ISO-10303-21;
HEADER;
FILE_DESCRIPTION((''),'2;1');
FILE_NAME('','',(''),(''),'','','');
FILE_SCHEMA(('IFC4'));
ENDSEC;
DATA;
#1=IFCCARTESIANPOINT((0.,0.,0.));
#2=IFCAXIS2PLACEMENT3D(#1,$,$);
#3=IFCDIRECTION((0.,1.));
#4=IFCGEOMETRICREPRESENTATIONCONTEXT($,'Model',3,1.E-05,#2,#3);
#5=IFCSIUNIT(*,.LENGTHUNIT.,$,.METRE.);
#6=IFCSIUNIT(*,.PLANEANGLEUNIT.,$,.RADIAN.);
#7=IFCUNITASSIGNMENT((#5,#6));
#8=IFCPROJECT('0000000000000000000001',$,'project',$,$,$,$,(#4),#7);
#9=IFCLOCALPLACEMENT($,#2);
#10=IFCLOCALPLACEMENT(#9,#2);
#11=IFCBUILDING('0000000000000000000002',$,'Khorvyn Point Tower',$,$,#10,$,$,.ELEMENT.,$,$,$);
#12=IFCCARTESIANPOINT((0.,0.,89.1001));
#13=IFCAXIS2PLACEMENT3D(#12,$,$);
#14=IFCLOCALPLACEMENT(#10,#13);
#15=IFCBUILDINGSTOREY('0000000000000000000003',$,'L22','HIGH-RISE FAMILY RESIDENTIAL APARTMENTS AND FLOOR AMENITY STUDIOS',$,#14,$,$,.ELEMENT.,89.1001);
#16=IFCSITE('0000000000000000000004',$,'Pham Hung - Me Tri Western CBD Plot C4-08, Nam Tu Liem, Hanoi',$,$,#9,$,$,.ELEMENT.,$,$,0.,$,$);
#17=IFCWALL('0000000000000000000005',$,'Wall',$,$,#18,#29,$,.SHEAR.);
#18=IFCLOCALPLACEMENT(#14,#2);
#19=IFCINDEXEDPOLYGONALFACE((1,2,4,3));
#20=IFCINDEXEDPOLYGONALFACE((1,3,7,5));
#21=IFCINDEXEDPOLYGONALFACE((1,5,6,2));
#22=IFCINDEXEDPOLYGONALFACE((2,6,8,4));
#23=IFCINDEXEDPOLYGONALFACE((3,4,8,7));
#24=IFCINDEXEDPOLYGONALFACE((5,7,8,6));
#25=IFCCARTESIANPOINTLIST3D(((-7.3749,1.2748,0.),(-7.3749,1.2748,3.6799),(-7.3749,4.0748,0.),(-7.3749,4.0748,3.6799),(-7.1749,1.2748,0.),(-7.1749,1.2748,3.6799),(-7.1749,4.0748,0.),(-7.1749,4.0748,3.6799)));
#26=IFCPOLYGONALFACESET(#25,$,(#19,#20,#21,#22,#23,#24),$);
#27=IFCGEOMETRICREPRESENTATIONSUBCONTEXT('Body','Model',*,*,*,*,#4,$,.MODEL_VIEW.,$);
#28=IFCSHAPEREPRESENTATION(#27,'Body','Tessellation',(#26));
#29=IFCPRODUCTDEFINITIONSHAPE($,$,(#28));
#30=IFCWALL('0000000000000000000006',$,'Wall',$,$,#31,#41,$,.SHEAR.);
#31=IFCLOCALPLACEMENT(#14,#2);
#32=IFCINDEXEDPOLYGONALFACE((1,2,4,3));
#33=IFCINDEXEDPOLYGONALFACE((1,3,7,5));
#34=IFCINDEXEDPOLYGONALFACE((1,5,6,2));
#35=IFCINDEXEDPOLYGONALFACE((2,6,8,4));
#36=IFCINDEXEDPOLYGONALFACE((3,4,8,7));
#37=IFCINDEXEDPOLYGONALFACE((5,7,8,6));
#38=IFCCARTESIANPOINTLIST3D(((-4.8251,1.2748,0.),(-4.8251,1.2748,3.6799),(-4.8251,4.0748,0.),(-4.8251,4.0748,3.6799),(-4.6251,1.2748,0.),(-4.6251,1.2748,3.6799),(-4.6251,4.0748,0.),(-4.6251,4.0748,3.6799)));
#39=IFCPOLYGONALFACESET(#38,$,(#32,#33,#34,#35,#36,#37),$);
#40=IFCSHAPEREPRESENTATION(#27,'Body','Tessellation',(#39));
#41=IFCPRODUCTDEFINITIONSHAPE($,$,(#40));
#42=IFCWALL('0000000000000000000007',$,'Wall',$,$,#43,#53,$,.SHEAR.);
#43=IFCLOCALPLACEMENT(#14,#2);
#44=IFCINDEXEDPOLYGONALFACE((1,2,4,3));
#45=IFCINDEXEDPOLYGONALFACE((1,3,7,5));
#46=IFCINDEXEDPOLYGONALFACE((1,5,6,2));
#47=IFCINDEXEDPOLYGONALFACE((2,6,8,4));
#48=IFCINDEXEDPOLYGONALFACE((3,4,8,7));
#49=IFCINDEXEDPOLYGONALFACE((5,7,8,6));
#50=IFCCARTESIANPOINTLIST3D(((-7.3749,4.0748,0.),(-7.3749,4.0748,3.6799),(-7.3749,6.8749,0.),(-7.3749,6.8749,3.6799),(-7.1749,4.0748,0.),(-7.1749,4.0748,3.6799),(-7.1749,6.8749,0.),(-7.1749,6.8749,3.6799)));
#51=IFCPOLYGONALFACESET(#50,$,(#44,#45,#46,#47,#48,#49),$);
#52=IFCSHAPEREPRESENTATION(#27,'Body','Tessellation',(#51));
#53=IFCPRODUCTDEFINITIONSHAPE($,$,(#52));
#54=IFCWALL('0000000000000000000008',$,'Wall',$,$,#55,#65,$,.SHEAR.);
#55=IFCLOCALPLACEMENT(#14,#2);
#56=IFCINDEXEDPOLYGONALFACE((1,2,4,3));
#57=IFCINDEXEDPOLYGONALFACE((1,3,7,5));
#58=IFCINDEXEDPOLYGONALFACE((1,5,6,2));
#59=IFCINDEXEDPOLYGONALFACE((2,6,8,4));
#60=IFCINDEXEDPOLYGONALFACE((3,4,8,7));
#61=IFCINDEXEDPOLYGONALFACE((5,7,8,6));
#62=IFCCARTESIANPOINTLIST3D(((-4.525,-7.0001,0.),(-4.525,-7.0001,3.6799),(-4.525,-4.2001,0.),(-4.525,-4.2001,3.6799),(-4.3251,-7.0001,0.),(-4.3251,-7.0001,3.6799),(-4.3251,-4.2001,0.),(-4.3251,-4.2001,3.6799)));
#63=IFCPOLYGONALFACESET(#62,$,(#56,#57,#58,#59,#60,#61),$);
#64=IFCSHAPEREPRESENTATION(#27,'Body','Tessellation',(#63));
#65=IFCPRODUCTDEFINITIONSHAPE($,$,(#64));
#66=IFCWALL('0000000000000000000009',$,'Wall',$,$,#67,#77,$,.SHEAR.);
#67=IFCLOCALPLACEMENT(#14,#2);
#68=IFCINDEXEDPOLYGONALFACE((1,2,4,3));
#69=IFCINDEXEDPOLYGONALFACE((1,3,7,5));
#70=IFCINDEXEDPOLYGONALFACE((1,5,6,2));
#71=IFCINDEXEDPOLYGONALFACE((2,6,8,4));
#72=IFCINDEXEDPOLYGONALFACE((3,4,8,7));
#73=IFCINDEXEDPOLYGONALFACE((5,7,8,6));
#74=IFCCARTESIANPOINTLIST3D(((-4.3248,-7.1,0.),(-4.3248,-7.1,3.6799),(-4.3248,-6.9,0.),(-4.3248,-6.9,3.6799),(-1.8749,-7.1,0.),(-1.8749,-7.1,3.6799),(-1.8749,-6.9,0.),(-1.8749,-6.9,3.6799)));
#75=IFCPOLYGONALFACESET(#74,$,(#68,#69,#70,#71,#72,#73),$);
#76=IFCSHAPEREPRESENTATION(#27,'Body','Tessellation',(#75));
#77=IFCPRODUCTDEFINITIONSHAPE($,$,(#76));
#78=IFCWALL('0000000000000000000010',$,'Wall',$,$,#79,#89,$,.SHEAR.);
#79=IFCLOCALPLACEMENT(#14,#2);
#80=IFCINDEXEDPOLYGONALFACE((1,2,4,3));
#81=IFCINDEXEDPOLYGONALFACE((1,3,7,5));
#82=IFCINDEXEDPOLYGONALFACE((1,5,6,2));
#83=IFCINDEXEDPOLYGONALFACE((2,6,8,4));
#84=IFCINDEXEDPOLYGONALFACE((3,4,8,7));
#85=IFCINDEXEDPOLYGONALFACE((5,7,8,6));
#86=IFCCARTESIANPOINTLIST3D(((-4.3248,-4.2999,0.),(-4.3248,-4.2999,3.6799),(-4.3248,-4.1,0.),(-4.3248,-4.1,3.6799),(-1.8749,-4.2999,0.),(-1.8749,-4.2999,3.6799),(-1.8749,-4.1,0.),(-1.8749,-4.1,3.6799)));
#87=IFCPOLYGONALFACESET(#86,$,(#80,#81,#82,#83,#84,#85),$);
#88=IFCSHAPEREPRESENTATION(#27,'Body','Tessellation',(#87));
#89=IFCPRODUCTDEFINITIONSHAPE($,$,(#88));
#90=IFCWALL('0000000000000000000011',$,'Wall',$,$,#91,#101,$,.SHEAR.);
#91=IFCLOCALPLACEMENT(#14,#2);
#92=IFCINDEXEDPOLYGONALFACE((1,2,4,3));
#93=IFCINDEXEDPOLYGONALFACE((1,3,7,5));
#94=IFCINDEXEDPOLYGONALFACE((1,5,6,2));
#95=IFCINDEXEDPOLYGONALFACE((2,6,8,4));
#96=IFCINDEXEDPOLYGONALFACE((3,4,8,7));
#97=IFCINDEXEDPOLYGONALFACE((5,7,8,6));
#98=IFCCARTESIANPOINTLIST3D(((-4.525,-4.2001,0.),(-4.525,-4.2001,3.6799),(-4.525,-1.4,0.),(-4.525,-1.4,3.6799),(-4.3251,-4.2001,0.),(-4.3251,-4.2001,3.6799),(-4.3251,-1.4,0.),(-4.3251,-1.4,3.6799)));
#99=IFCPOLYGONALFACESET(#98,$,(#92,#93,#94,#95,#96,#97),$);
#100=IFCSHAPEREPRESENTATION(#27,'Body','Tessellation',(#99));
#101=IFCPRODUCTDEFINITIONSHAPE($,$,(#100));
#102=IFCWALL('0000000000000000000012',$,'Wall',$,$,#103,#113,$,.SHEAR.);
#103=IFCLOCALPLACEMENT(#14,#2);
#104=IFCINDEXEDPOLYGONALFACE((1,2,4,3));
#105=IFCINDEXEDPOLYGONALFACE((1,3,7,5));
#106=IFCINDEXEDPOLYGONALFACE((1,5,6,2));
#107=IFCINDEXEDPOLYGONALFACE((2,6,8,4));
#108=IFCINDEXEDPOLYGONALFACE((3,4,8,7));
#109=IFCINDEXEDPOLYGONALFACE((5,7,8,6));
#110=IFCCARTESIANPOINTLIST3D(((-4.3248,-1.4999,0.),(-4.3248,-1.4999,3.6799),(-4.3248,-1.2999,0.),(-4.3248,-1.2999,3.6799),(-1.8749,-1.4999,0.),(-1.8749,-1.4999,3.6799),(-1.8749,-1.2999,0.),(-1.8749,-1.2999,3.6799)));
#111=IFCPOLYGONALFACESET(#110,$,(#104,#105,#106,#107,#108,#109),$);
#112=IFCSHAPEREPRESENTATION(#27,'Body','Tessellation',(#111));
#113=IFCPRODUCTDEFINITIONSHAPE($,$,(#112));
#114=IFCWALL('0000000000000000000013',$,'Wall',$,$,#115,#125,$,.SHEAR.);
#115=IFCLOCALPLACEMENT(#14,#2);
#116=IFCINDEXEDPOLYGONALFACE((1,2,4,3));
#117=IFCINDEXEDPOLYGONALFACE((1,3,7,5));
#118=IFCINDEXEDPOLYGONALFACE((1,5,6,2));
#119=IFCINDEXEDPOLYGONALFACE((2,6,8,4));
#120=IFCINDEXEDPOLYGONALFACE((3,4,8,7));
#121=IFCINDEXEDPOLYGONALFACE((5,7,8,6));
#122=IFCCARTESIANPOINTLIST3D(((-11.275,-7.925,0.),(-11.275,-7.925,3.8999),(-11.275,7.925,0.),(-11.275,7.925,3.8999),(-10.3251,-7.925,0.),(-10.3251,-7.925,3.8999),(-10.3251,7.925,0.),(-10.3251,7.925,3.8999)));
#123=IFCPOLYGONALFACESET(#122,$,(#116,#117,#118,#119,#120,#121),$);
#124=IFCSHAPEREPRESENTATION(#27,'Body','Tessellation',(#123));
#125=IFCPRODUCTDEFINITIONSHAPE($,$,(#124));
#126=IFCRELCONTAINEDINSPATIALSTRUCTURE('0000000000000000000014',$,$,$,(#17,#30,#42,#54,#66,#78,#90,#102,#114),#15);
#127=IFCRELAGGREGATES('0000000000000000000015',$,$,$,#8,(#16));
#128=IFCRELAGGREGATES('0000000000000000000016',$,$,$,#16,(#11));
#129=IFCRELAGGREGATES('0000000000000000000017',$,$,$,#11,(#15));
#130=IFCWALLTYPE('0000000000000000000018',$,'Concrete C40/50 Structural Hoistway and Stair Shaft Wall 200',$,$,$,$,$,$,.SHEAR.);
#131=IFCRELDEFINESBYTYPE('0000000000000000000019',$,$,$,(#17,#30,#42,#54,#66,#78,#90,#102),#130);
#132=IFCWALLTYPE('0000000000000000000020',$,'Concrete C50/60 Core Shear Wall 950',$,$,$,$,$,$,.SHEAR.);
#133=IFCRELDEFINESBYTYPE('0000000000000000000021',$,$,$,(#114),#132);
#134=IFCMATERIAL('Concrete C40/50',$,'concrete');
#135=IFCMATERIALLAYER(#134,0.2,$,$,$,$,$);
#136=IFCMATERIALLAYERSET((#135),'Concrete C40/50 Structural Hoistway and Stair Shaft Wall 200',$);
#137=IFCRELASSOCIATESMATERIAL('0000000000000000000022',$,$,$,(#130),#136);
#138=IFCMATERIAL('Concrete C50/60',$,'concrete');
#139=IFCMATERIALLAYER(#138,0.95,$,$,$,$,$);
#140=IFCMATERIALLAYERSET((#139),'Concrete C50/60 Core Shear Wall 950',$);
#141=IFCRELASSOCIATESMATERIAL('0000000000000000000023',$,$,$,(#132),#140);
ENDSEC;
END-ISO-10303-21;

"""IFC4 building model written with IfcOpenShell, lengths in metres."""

from ifc_helpers import new_model, si_unit, direction, frame, frame_2d, origin, place, context, subcontext, project, spatial, rectangle, extrude, material, layer, layer_set, type_object, element, save


model = new_model("IFC4")

# Units and contexts
model_context = context("Model", 3, precision=1e-05, world=origin(), true_north=direction((0.0, 1.0)))
body_context = subcontext(model_context, "Body", "Model", "MODEL_VIEW")
ifc_project = project(units=[si_unit("LENGTHUNIT", "METRE"), si_unit("PLANEANGLEUNIT", "RADIAN")], contexts=[model_context])

# Site, building, storey
site_placement = place(None, origin())
site = spatial("IfcSite", under=ifc_project, at=site_placement, Name="Pham Hung - Me Tri Western CBD Plot C4-08, Nam Tu Liem, Hanoi", CompositionType="ELEMENT", RefElevation=0.0)
building_placement = place(site_placement, origin())
building = spatial("IfcBuilding", under=site, at=building_placement, Name="Khorvyn Point Tower", CompositionType="ELEMENT")
storey_placement = place(building_placement, frame((0.0, 0.0, 89.1001)))
storey = spatial("IfcBuildingStorey", under=building, at=storey_placement, Name="L22", Description="HIGH-RISE FAMILY RESIDENTIAL APARTMENTS AND FLOOR AMENITY STUDIOS", CompositionType="ELEMENT", Elevation=89.1001)

# Shared definitions
ifc_material_1 = material(Name="Concrete C40/50", Category="concrete")
ifc_material_2 = material(Name="Concrete C50/60", Category="concrete")

# Shared definitions
ifc_layer_1 = layer(ifc_material_1, 0.2)
ifc_layer_set_1 = layer_set([ifc_layer_1], Name="Concrete C40/50 Structural Hoistway and Stair Shaft Wall 200")
wall_type_1 = type_object("IfcWallType", Name="Concrete C40/50 Structural Hoistway and Stair Shaft Wall 200", PredefinedType="SHEAR", material=ifc_layer_set_1)

# Walls
for number, where, z_axis, x_axis, name in (
    (1, (-7.2749, 1.2749, 0.0), (0.0, 0.0, 1.0), (0.0, 1.0, 0.0), "Wall"),
    (2, (-4.7251, 1.2749, 0.0), (0.0, 0.0, 1.0), (0.0, 1.0, 0.0), "Wall"),
    (3, (-7.2749, 4.075, 0.0), (0.0, 0.0, 1.0), (0.0, 1.0, 0.0), "Wall"),
    (4, (-4.425, -7.0, 0.0), (0.0, 0.0, 1.0), (0.0, 1.0, 0.0), "Wall"),
):
    element("IfcWall", number, at=place(storey_placement, frame(where, z_axis=z_axis, x_axis=x_axis)), inside=storey, type_object=wall_type_1, Name=name, PredefinedType="SHEAR", context=body_context, shape_type="SweptSolid", body=[
        extrude(rectangle(XDim=2.8, YDim=0.2, at=frame_2d((1.3999, 0.0))), origin(), (0.0, 0.0, 1.0), 3.6799),
    ])
for number, where, z_axis, x_axis, name in (
    (5, (-4.325, -7.0, 0.0), (0.0, 0.0, 1.0), (1.0, 0.0, 0.0), "Wall"),
    (6, (-4.325, -4.2, 0.0), (0.0, 0.0, 1.0), (1.0, 0.0, 0.0), "Wall"),
):
    element("IfcWall", number, at=place(storey_placement, frame(where, z_axis=z_axis, x_axis=x_axis)), inside=storey, type_object=wall_type_1, Name=name, PredefinedType="SHEAR", context=body_context, shape_type="SweptSolid", body=[
        extrude(rectangle(XDim=2.45, YDim=0.2, at=frame_2d((1.2251, 0.0))), origin(), (0.0, 0.0, 1.0), 3.6799),
    ])
wall_1_placement = place(storey_placement, frame((-4.425, -4.2, 0.0), z_axis=(0.0, 0.0, 1.0), x_axis=(0.0, 1.0, 0.0)))
element("IfcWall", 7, at=wall_1_placement, inside=storey, type_object=wall_type_1, Name="Wall", PredefinedType="SHEAR", context=body_context, shape_type="SweptSolid", body=[
    extrude(rectangle(XDim=2.8, YDim=0.2, at=frame_2d((1.3999, 0.0))), origin(), (0.0, 0.0, 1.0), 3.6799),
])
wall_2_placement = place(storey_placement, frame((-4.325, -1.3999, 0.0), z_axis=(0.0, 0.0, 1.0), x_axis=(1.0, 0.0, 0.0)))
element("IfcWall", 8, at=wall_2_placement, inside=storey, type_object=wall_type_1, Name="Wall", PredefinedType="SHEAR", context=body_context, shape_type="SweptSolid", body=[
    extrude(rectangle(XDim=2.45, YDim=0.2, at=frame_2d((1.2251, 0.0))), origin(), (0.0, 0.0, 1.0), 3.6799),
])
ifc_layer_2 = layer(ifc_material_2, 0.95)
ifc_layer_set_2 = layer_set([ifc_layer_2], Name="Concrete C50/60 Core Shear Wall 950")
wall_type_2 = type_object("IfcWallType", Name="Concrete C50/60 Core Shear Wall 950", PredefinedType="SHEAR", material=ifc_layer_set_2)
wall_3_placement = place(storey_placement, frame((-10.8, -7.925, 0.0), z_axis=(0.0, 0.0, 1.0), x_axis=(0.0, 1.0, 0.0)))
element("IfcWall", 9, at=wall_3_placement, inside=storey, type_object=wall_type_2, Name="Wall", PredefinedType="SHEAR", context=body_context, shape_type="SweptSolid", body=[
    extrude(rectangle(XDim=15.8501, YDim=0.95, at=frame_2d((7.925, 0.0))), origin(), (0.0, 0.0, 1.0), 3.8999),
])

save(model, "model.ifc")
